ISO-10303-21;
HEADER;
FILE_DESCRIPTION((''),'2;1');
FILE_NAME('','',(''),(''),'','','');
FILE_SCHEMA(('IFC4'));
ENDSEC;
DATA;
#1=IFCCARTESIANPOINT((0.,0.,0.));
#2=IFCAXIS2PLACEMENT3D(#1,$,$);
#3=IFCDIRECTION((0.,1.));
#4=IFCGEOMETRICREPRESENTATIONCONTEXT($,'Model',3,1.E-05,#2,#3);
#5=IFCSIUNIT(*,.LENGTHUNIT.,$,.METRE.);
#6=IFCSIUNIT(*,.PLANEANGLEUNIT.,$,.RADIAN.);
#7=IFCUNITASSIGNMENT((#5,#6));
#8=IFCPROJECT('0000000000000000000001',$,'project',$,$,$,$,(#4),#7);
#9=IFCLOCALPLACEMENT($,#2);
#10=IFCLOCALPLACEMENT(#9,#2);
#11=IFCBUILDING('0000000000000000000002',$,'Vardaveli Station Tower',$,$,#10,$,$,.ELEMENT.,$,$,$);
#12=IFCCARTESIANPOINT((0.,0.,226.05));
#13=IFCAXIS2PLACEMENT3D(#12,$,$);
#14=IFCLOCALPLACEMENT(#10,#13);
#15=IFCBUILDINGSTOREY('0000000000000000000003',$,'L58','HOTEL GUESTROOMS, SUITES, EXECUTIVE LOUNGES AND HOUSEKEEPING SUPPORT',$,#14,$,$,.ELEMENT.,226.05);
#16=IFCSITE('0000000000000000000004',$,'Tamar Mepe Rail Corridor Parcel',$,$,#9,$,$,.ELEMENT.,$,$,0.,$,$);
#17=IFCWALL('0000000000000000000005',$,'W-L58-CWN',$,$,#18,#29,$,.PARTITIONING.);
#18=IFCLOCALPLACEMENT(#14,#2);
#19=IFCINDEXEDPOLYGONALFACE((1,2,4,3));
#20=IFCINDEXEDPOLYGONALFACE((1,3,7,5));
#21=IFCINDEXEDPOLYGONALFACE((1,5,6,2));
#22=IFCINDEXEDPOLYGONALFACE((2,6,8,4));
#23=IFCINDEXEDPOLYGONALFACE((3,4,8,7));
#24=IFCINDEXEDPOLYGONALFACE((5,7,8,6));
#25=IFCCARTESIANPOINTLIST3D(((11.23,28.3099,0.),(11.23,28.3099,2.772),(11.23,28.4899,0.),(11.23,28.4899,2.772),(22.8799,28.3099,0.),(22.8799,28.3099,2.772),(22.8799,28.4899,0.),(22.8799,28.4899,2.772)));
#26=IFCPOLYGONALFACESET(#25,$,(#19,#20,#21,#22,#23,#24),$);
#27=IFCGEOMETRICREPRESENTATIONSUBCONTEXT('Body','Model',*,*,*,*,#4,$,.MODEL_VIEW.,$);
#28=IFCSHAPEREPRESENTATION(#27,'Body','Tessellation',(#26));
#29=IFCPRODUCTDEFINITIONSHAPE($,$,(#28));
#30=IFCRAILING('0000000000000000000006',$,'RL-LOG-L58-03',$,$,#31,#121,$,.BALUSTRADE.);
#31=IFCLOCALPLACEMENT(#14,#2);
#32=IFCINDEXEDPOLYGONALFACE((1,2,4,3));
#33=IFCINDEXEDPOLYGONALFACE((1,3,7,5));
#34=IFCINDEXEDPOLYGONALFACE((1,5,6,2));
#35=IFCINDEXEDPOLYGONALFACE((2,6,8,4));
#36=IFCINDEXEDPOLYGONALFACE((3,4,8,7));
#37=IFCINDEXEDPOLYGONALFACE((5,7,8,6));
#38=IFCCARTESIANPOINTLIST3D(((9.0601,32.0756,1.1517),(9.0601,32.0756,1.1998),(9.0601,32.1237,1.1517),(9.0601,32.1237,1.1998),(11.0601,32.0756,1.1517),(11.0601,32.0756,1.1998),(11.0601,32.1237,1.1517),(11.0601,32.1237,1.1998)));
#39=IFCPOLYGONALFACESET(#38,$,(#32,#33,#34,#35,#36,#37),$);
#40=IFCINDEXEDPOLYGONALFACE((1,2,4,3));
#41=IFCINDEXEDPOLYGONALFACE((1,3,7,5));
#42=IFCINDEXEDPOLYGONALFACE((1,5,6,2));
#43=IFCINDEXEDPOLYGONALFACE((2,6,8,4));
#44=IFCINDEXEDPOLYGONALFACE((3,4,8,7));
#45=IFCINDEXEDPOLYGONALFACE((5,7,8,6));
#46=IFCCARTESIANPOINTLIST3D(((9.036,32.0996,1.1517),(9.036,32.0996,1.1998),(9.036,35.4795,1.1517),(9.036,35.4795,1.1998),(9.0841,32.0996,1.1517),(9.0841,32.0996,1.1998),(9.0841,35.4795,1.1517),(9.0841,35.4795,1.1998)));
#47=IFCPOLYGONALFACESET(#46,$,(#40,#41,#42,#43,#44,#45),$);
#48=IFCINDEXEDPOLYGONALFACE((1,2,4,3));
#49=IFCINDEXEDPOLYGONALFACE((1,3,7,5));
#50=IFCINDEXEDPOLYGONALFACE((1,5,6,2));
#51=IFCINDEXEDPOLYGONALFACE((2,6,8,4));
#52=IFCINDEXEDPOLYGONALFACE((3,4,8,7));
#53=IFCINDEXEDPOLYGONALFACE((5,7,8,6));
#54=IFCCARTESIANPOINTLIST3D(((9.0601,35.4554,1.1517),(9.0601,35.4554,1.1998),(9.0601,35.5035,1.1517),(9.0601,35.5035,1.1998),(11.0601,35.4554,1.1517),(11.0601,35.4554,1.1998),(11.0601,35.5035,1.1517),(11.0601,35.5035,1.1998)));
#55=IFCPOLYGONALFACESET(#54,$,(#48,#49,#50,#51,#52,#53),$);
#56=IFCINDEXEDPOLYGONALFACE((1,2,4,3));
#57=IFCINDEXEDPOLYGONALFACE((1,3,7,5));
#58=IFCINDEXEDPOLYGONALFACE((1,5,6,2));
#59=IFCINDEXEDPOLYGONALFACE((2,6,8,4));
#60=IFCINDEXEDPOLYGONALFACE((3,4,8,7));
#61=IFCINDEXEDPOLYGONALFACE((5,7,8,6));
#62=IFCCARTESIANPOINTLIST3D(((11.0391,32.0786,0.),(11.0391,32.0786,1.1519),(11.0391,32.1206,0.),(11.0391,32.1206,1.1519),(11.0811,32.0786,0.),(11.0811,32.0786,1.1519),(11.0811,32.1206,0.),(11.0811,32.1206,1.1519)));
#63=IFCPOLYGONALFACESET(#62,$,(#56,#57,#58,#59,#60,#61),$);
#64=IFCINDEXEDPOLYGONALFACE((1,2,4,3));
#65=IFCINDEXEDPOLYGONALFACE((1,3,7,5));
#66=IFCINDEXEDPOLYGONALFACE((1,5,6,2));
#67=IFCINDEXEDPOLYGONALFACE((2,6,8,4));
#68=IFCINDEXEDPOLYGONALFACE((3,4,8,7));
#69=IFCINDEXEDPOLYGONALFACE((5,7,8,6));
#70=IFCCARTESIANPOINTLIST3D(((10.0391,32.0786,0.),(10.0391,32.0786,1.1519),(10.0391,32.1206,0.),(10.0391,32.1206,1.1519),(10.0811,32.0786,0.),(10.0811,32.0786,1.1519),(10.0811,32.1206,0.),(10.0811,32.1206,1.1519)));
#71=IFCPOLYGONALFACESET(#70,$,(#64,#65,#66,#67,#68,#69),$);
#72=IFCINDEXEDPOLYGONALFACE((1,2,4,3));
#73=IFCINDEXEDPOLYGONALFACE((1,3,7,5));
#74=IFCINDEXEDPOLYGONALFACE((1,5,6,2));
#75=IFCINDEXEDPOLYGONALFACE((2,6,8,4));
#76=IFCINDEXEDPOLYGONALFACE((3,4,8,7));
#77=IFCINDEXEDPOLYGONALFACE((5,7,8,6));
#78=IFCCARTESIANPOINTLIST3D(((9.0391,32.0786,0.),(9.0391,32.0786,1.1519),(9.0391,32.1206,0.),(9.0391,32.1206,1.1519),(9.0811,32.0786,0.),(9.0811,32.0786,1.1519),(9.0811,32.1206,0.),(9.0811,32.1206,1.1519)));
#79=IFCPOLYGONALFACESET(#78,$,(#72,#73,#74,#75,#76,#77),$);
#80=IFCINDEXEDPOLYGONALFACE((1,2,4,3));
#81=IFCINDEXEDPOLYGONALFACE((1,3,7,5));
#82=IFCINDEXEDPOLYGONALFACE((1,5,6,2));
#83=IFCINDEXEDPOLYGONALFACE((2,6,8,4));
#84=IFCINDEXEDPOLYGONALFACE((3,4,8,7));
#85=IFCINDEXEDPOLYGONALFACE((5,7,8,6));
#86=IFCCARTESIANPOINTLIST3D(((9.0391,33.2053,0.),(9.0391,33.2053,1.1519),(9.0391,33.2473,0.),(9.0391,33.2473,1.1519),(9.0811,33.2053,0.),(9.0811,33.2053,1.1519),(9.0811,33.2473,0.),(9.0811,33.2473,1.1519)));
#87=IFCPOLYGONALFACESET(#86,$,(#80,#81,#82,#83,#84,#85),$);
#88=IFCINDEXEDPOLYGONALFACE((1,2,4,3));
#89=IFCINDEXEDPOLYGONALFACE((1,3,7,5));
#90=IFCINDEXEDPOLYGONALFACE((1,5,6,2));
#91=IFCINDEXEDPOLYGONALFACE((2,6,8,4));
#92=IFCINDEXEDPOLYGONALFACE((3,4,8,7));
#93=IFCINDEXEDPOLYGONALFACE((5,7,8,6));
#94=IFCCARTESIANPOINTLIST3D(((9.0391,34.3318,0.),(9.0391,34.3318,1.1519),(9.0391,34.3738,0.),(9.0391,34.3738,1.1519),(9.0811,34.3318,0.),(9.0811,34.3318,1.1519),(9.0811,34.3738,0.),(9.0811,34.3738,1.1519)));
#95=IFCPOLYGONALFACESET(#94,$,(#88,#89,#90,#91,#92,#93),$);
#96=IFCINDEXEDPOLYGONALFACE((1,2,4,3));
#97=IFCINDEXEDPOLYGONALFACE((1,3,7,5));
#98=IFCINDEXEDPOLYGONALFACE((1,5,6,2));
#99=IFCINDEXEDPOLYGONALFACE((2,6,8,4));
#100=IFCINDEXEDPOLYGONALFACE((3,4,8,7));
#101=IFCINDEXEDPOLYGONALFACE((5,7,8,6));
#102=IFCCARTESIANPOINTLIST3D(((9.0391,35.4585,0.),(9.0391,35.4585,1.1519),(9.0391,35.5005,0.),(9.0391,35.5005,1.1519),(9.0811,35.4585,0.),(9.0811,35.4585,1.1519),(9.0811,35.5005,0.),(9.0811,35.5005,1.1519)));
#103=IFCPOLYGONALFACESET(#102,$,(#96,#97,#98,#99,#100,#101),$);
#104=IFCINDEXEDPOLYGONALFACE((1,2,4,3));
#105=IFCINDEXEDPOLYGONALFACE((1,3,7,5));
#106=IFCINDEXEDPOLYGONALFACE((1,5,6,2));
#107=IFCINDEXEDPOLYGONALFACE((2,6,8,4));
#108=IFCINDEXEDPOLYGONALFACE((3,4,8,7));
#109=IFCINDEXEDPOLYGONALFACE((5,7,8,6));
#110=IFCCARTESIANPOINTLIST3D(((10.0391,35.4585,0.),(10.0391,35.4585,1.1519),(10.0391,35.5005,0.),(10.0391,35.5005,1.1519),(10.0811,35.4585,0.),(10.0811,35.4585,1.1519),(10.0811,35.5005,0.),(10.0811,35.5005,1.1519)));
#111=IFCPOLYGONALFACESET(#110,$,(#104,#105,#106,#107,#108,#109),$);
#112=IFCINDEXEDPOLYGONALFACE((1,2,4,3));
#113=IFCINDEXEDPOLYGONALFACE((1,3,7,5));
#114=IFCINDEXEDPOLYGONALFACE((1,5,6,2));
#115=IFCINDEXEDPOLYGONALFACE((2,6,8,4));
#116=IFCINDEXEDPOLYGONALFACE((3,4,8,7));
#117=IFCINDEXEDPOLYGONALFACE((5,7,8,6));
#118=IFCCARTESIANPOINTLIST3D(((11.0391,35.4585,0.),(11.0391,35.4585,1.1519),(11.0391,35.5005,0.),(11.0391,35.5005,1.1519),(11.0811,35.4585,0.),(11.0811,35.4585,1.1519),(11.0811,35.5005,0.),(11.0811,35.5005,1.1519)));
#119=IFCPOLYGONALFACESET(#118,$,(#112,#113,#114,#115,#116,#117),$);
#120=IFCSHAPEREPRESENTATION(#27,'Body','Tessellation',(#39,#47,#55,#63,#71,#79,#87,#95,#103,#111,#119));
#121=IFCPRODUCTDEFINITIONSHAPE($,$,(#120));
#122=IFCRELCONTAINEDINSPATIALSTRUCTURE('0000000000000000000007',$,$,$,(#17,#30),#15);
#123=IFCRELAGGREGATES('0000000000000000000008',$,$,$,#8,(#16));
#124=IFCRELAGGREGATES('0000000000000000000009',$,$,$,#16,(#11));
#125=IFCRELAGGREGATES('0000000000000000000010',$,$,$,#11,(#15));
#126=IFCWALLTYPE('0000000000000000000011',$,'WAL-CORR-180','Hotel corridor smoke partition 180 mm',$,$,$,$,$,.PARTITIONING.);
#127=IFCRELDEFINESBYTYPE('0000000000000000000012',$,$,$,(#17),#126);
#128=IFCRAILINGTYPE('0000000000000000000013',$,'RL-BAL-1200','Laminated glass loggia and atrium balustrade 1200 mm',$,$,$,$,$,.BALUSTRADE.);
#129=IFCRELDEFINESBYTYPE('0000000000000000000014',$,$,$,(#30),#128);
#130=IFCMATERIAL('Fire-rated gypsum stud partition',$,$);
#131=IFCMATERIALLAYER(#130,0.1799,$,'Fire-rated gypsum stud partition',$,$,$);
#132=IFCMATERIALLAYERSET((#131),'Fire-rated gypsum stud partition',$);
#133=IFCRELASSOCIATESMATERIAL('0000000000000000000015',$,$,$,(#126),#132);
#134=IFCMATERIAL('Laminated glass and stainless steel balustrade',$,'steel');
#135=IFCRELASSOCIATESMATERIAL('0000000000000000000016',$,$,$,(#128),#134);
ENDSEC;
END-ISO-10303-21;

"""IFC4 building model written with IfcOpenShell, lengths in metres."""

from ifc_helpers import new_model, si_unit, direction, frame, frame_2d, origin, origin_2d, place, context, subcontext, project, spatial, rectangle, extrude, source, transform, mapped, material, layer, layer_set, type_object, element, save


model = new_model("IFC4")

# Units and contexts
model_context = context("Model", 3, precision=1e-05, world=origin(), true_north=direction((0.0, 1.0)))
body_context = subcontext(model_context, "Body", "Model", "MODEL_VIEW")
ifc_project = project(units=[si_unit("LENGTHUNIT", "METRE"), si_unit("PLANEANGLEUNIT", "RADIAN")], contexts=[model_context])

# Site, building, storey
site_placement = place(None, origin())
site = spatial("IfcSite", under=ifc_project, at=site_placement, Name="Tamar Mepe Rail Corridor Parcel", CompositionType="ELEMENT", RefElevation=0.0)
building_placement = place(site_placement, origin())
building = spatial("IfcBuilding", under=site, at=building_placement, Name="Vardaveli Station Tower", CompositionType="ELEMENT")
storey_placement = place(building_placement, frame((0.0, 0.0, 226.05)))
storey = spatial("IfcBuildingStorey", under=building, at=storey_placement, Name="L58", Description="HOTEL GUESTROOMS, SUITES, EXECUTIVE LOUNGES AND HOUSEKEEPING SUPPORT", CompositionType="ELEMENT", Elevation=226.05)

# Shared definitions
ifc_material_1 = material(Name="Fire-rated gypsum stud partition")
ifc_layer_1 = layer(ifc_material_1, 0.1799, Name="Fire-rated gypsum stud partition")
ifc_layer_set_1 = layer_set([ifc_layer_1], Name="Fire-rated gypsum stud partition")
wall_type = type_object("IfcWallType", Name="WAL-CORR-180", Description="Hotel corridor smoke partition 180 mm", PredefinedType="PARTITIONING", material=ifc_layer_set_1)

# Wall
shared_shape_1 = source(origin(), body_context, "Body", "SweptSolid", [
    extrude(rectangle(XDim=11.6499, YDim=0.1799, at=frame_2d((5.825, 0.0))), origin(), (0.0, 0.0, 1.0), 2.772),
])
wall_1_placement = place(storey_placement, frame((11.23, 28.3999, 0.0), z_axis=(0.0, 0.0, 1.0), x_axis=(1.0, 0.0, 0.0)))
element("IfcWall", 1, at=wall_1_placement, inside=storey, type_object=wall_type, Name="W-L58-CWN", PredefinedType="PARTITIONING", context=body_context, shape_type="MappedRepresentation", body=[
    mapped(shared_shape_1, transform((0.0, 0.0, 0.0), scale=1.0)),
])

# Railing
ifc_material_2 = material(Name="Laminated glass and stainless steel balustrade", Category="steel")
railing_type = type_object("IfcRailingType", Name="RL-BAL-1200", Description="Laminated glass loggia and atrium balustrade 1200 mm", PredefinedType="BALUSTRADE", material=ifc_material_2)
shared_shape_2 = source(origin(), body_context, "Body", "SweptSolid", [
    extrude(rectangle(XDim=0.0481, YDim=0.0481, at=origin_2d()), frame((0.0, 0.0, 1.1758), z_axis=(-1.0, 0.0, 0.0), x_axis=(0.0, -1.0, 0.0)), (0.0, 0.0, 1.0), 2.0),
    extrude(rectangle(XDim=0.0481, YDim=0.0481, at=origin_2d()), frame((-2.0, 0.0, 1.1758), z_axis=(0.0, 1.0, 0.0), x_axis=(-1.0, 0.0, 0.0)), (0.0, 0.0, 1.0), 3.3799),
    extrude(rectangle(XDim=0.0481, YDim=0.0481, at=origin_2d()), frame((-2.0, 3.3799, 1.1758), z_axis=(1.0, 0.0, 0.0), x_axis=(0.0, 1.0, 0.0)), (0.0, 0.0, 1.0), 2.0),
    extrude(rectangle(XDim=0.042, YDim=0.042, at=origin_2d()), origin(), (0.0, 0.0, 1.0), 1.1519),
    extrude(rectangle(XDim=0.042, YDim=0.042, at=origin_2d()), frame((-1.0, 0.0, 0.0)), (0.0, 0.0, 1.0), 1.1519),
    extrude(rectangle(XDim=0.042, YDim=0.042, at=origin_2d()), frame((-2.0, 0.0, 0.0)), (0.0, 0.0, 1.0), 1.1519),
    extrude(rectangle(XDim=0.042, YDim=0.042, at=origin_2d()), frame((-2.0, 1.1267, 0.0)), (0.0, 0.0, 1.0), 1.1519),
    extrude(rectangle(XDim=0.042, YDim=0.042, at=origin_2d()), frame((-2.0, 2.2532, 0.0)), (0.0, 0.0, 1.0), 1.1519),
    extrude(rectangle(XDim=0.042, YDim=0.042, at=origin_2d()), frame((-2.0, 3.3799, 0.0)), (0.0, 0.0, 1.0), 1.1519),
    extrude(rectangle(XDim=0.042, YDim=0.042, at=origin_2d()), frame((-1.0, 3.3799, 0.0)), (0.0, 0.0, 1.0), 1.1519),
    extrude(rectangle(XDim=0.042, YDim=0.042, at=origin_2d()), frame((0.0, 3.3799, 0.0)), (0.0, 0.0, 1.0), 1.1519),
])
railing_placement = place(storey_placement, frame((11.0601, 32.0996, 0.0)))
element("IfcRailing", 2, at=railing_placement, inside=storey, type_object=railing_type, Name="RL-LOG-L58-03", PredefinedType="BALUSTRADE", context=body_context, shape_type="MappedRepresentation", body=[
    mapped(shared_shape_2, transform((0.0, 0.0, 0.0), scale=1.0)),
])

save(model, "model.ifc")
